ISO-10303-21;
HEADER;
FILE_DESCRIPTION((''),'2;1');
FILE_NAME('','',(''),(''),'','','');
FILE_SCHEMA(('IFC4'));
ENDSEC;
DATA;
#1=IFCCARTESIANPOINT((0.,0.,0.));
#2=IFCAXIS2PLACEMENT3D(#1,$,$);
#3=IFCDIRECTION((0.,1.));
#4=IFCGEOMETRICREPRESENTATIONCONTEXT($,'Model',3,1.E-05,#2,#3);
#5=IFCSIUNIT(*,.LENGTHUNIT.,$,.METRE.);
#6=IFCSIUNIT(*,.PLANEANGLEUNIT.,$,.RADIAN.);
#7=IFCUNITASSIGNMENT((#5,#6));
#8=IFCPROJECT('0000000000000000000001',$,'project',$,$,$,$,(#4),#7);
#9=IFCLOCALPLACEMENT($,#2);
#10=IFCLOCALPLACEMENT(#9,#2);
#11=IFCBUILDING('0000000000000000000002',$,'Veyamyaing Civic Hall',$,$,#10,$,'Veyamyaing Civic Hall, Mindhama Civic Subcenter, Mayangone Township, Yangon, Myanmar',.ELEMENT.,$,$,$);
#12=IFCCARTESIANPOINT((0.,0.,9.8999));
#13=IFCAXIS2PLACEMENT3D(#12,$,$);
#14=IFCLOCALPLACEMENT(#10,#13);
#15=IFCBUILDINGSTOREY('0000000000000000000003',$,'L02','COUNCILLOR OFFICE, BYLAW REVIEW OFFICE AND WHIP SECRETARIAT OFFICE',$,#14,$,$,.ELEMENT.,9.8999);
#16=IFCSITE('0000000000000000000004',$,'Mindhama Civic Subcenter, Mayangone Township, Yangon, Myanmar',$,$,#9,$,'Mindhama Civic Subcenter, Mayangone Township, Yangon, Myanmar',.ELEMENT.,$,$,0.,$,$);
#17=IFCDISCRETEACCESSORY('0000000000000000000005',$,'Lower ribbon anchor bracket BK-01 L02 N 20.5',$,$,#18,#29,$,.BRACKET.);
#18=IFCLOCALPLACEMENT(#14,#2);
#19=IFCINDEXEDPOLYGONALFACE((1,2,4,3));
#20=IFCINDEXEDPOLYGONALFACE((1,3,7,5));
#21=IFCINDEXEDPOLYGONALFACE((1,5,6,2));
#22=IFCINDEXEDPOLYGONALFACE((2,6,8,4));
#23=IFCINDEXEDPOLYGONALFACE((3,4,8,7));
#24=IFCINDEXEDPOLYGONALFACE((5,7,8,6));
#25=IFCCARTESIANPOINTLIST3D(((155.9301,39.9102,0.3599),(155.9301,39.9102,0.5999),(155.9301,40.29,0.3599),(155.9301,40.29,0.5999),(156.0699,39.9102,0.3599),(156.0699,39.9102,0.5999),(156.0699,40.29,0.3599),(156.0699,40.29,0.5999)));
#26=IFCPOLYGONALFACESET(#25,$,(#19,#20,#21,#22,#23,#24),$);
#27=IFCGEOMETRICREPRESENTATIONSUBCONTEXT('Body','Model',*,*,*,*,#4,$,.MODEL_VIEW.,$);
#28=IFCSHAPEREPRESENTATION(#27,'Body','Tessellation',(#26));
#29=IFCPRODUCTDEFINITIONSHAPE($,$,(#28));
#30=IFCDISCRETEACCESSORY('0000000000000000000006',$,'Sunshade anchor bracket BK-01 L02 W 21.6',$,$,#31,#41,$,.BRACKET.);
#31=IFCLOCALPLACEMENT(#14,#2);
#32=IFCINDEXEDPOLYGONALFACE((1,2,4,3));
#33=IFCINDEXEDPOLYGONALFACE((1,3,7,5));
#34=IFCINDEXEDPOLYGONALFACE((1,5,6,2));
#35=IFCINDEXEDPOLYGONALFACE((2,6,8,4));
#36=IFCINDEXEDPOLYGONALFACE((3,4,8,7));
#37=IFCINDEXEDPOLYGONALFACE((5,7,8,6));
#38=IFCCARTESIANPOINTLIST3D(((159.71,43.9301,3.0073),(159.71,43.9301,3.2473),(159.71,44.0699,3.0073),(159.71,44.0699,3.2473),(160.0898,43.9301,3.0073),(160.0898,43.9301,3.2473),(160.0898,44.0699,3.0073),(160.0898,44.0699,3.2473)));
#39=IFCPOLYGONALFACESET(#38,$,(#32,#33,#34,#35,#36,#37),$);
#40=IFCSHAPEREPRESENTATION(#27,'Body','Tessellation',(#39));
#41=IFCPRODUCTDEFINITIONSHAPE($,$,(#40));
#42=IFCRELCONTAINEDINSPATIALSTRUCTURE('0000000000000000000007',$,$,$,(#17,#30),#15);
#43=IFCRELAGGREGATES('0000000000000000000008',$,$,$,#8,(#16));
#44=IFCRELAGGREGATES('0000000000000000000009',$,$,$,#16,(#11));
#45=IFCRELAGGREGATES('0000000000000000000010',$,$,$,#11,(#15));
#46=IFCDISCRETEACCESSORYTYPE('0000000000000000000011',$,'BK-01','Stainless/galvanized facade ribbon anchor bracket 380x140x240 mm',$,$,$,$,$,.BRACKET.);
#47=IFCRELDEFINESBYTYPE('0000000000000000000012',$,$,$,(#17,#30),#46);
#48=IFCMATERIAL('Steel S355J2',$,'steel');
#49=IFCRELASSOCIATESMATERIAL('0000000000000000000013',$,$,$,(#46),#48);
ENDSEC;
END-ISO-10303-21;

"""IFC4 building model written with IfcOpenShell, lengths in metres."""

from ifc_helpers import new_model, si_unit, direction, frame, origin, origin_2d, place, context, subcontext, project, spatial, rectangle, extrude, material, type_object, element, save


model = new_model("IFC4")

# Units and contexts
model_context = context("Model", 3, precision=1e-05, world=origin(), true_north=direction((0.0, 1.0)))
body_context = subcontext(model_context, "Body", "Model", "MODEL_VIEW")
ifc_project = project(units=[si_unit("LENGTHUNIT", "METRE"), si_unit("PLANEANGLEUNIT", "RADIAN")], contexts=[model_context])

# Site, building, storey
site_placement = place(None, origin())
site = spatial("IfcSite", under=ifc_project, at=site_placement, Name="Mindhama Civic Subcenter, Mayangone Township, Yangon, Myanmar", LongName="Mindhama Civic Subcenter, Mayangone Township, Yangon, Myanmar", CompositionType="ELEMENT", RefElevation=0.0)
building_placement = place(site_placement, origin())
building = spatial("IfcBuilding", under=site, at=building_placement, Name="Veyamyaing Civic Hall", LongName="Veyamyaing Civic Hall, Mindhama Civic Subcenter, Mayangone Township, Yangon, Myanmar", CompositionType="ELEMENT")
storey_placement = place(building_placement, frame((0.0, 0.0, 9.8999)))
storey = spatial("IfcBuildingStorey", under=building, at=storey_placement, Name="L02", Description="COUNCILLOR OFFICE, BYLAW REVIEW OFFICE AND WHIP SECRETARIAT OFFICE", CompositionType="ELEMENT", Elevation=9.8999)

# Discrete accessories
ifc_material_1 = material(Name="Steel S355J2", Category="steel")
discrete_accessory_type = type_object("IfcDiscreteAccessoryType", Name="BK-01", Description="Stainless/galvanized facade ribbon anchor bracket 380x140x240 mm", PredefinedType="BRACKET", material=ifc_material_1)
for number, where, z_axis, x_axis, name in (
    (1, (156.0, 40.1001, 0.3599), (0.0, 0.0, 1.0), (0.0, 1.0, 0.0), "Lower ribbon anchor bracket BK-01 L02 N 20.5"),
    (2, (159.8999, 44.0, 3.0073), (0.0, 0.0, 1.0), (-1.0, 0.0, 0.0), "Sunshade anchor bracket BK-01 L02 W 21.6"),
):
    element("IfcDiscreteAccessory", number, at=place(storey_placement, frame(where, z_axis=z_axis, x_axis=x_axis)), inside=storey, type_object=discrete_accessory_type, Name=name, PredefinedType="BRACKET", context=body_context, shape_type="SweptSolid", body=[
        extrude(rectangle(XDim=0.3799, YDim=0.1399, at=origin_2d()), origin(), (0.0, 0.0, 1.0), 0.24),
    ])

save(model, "model.ifc")
